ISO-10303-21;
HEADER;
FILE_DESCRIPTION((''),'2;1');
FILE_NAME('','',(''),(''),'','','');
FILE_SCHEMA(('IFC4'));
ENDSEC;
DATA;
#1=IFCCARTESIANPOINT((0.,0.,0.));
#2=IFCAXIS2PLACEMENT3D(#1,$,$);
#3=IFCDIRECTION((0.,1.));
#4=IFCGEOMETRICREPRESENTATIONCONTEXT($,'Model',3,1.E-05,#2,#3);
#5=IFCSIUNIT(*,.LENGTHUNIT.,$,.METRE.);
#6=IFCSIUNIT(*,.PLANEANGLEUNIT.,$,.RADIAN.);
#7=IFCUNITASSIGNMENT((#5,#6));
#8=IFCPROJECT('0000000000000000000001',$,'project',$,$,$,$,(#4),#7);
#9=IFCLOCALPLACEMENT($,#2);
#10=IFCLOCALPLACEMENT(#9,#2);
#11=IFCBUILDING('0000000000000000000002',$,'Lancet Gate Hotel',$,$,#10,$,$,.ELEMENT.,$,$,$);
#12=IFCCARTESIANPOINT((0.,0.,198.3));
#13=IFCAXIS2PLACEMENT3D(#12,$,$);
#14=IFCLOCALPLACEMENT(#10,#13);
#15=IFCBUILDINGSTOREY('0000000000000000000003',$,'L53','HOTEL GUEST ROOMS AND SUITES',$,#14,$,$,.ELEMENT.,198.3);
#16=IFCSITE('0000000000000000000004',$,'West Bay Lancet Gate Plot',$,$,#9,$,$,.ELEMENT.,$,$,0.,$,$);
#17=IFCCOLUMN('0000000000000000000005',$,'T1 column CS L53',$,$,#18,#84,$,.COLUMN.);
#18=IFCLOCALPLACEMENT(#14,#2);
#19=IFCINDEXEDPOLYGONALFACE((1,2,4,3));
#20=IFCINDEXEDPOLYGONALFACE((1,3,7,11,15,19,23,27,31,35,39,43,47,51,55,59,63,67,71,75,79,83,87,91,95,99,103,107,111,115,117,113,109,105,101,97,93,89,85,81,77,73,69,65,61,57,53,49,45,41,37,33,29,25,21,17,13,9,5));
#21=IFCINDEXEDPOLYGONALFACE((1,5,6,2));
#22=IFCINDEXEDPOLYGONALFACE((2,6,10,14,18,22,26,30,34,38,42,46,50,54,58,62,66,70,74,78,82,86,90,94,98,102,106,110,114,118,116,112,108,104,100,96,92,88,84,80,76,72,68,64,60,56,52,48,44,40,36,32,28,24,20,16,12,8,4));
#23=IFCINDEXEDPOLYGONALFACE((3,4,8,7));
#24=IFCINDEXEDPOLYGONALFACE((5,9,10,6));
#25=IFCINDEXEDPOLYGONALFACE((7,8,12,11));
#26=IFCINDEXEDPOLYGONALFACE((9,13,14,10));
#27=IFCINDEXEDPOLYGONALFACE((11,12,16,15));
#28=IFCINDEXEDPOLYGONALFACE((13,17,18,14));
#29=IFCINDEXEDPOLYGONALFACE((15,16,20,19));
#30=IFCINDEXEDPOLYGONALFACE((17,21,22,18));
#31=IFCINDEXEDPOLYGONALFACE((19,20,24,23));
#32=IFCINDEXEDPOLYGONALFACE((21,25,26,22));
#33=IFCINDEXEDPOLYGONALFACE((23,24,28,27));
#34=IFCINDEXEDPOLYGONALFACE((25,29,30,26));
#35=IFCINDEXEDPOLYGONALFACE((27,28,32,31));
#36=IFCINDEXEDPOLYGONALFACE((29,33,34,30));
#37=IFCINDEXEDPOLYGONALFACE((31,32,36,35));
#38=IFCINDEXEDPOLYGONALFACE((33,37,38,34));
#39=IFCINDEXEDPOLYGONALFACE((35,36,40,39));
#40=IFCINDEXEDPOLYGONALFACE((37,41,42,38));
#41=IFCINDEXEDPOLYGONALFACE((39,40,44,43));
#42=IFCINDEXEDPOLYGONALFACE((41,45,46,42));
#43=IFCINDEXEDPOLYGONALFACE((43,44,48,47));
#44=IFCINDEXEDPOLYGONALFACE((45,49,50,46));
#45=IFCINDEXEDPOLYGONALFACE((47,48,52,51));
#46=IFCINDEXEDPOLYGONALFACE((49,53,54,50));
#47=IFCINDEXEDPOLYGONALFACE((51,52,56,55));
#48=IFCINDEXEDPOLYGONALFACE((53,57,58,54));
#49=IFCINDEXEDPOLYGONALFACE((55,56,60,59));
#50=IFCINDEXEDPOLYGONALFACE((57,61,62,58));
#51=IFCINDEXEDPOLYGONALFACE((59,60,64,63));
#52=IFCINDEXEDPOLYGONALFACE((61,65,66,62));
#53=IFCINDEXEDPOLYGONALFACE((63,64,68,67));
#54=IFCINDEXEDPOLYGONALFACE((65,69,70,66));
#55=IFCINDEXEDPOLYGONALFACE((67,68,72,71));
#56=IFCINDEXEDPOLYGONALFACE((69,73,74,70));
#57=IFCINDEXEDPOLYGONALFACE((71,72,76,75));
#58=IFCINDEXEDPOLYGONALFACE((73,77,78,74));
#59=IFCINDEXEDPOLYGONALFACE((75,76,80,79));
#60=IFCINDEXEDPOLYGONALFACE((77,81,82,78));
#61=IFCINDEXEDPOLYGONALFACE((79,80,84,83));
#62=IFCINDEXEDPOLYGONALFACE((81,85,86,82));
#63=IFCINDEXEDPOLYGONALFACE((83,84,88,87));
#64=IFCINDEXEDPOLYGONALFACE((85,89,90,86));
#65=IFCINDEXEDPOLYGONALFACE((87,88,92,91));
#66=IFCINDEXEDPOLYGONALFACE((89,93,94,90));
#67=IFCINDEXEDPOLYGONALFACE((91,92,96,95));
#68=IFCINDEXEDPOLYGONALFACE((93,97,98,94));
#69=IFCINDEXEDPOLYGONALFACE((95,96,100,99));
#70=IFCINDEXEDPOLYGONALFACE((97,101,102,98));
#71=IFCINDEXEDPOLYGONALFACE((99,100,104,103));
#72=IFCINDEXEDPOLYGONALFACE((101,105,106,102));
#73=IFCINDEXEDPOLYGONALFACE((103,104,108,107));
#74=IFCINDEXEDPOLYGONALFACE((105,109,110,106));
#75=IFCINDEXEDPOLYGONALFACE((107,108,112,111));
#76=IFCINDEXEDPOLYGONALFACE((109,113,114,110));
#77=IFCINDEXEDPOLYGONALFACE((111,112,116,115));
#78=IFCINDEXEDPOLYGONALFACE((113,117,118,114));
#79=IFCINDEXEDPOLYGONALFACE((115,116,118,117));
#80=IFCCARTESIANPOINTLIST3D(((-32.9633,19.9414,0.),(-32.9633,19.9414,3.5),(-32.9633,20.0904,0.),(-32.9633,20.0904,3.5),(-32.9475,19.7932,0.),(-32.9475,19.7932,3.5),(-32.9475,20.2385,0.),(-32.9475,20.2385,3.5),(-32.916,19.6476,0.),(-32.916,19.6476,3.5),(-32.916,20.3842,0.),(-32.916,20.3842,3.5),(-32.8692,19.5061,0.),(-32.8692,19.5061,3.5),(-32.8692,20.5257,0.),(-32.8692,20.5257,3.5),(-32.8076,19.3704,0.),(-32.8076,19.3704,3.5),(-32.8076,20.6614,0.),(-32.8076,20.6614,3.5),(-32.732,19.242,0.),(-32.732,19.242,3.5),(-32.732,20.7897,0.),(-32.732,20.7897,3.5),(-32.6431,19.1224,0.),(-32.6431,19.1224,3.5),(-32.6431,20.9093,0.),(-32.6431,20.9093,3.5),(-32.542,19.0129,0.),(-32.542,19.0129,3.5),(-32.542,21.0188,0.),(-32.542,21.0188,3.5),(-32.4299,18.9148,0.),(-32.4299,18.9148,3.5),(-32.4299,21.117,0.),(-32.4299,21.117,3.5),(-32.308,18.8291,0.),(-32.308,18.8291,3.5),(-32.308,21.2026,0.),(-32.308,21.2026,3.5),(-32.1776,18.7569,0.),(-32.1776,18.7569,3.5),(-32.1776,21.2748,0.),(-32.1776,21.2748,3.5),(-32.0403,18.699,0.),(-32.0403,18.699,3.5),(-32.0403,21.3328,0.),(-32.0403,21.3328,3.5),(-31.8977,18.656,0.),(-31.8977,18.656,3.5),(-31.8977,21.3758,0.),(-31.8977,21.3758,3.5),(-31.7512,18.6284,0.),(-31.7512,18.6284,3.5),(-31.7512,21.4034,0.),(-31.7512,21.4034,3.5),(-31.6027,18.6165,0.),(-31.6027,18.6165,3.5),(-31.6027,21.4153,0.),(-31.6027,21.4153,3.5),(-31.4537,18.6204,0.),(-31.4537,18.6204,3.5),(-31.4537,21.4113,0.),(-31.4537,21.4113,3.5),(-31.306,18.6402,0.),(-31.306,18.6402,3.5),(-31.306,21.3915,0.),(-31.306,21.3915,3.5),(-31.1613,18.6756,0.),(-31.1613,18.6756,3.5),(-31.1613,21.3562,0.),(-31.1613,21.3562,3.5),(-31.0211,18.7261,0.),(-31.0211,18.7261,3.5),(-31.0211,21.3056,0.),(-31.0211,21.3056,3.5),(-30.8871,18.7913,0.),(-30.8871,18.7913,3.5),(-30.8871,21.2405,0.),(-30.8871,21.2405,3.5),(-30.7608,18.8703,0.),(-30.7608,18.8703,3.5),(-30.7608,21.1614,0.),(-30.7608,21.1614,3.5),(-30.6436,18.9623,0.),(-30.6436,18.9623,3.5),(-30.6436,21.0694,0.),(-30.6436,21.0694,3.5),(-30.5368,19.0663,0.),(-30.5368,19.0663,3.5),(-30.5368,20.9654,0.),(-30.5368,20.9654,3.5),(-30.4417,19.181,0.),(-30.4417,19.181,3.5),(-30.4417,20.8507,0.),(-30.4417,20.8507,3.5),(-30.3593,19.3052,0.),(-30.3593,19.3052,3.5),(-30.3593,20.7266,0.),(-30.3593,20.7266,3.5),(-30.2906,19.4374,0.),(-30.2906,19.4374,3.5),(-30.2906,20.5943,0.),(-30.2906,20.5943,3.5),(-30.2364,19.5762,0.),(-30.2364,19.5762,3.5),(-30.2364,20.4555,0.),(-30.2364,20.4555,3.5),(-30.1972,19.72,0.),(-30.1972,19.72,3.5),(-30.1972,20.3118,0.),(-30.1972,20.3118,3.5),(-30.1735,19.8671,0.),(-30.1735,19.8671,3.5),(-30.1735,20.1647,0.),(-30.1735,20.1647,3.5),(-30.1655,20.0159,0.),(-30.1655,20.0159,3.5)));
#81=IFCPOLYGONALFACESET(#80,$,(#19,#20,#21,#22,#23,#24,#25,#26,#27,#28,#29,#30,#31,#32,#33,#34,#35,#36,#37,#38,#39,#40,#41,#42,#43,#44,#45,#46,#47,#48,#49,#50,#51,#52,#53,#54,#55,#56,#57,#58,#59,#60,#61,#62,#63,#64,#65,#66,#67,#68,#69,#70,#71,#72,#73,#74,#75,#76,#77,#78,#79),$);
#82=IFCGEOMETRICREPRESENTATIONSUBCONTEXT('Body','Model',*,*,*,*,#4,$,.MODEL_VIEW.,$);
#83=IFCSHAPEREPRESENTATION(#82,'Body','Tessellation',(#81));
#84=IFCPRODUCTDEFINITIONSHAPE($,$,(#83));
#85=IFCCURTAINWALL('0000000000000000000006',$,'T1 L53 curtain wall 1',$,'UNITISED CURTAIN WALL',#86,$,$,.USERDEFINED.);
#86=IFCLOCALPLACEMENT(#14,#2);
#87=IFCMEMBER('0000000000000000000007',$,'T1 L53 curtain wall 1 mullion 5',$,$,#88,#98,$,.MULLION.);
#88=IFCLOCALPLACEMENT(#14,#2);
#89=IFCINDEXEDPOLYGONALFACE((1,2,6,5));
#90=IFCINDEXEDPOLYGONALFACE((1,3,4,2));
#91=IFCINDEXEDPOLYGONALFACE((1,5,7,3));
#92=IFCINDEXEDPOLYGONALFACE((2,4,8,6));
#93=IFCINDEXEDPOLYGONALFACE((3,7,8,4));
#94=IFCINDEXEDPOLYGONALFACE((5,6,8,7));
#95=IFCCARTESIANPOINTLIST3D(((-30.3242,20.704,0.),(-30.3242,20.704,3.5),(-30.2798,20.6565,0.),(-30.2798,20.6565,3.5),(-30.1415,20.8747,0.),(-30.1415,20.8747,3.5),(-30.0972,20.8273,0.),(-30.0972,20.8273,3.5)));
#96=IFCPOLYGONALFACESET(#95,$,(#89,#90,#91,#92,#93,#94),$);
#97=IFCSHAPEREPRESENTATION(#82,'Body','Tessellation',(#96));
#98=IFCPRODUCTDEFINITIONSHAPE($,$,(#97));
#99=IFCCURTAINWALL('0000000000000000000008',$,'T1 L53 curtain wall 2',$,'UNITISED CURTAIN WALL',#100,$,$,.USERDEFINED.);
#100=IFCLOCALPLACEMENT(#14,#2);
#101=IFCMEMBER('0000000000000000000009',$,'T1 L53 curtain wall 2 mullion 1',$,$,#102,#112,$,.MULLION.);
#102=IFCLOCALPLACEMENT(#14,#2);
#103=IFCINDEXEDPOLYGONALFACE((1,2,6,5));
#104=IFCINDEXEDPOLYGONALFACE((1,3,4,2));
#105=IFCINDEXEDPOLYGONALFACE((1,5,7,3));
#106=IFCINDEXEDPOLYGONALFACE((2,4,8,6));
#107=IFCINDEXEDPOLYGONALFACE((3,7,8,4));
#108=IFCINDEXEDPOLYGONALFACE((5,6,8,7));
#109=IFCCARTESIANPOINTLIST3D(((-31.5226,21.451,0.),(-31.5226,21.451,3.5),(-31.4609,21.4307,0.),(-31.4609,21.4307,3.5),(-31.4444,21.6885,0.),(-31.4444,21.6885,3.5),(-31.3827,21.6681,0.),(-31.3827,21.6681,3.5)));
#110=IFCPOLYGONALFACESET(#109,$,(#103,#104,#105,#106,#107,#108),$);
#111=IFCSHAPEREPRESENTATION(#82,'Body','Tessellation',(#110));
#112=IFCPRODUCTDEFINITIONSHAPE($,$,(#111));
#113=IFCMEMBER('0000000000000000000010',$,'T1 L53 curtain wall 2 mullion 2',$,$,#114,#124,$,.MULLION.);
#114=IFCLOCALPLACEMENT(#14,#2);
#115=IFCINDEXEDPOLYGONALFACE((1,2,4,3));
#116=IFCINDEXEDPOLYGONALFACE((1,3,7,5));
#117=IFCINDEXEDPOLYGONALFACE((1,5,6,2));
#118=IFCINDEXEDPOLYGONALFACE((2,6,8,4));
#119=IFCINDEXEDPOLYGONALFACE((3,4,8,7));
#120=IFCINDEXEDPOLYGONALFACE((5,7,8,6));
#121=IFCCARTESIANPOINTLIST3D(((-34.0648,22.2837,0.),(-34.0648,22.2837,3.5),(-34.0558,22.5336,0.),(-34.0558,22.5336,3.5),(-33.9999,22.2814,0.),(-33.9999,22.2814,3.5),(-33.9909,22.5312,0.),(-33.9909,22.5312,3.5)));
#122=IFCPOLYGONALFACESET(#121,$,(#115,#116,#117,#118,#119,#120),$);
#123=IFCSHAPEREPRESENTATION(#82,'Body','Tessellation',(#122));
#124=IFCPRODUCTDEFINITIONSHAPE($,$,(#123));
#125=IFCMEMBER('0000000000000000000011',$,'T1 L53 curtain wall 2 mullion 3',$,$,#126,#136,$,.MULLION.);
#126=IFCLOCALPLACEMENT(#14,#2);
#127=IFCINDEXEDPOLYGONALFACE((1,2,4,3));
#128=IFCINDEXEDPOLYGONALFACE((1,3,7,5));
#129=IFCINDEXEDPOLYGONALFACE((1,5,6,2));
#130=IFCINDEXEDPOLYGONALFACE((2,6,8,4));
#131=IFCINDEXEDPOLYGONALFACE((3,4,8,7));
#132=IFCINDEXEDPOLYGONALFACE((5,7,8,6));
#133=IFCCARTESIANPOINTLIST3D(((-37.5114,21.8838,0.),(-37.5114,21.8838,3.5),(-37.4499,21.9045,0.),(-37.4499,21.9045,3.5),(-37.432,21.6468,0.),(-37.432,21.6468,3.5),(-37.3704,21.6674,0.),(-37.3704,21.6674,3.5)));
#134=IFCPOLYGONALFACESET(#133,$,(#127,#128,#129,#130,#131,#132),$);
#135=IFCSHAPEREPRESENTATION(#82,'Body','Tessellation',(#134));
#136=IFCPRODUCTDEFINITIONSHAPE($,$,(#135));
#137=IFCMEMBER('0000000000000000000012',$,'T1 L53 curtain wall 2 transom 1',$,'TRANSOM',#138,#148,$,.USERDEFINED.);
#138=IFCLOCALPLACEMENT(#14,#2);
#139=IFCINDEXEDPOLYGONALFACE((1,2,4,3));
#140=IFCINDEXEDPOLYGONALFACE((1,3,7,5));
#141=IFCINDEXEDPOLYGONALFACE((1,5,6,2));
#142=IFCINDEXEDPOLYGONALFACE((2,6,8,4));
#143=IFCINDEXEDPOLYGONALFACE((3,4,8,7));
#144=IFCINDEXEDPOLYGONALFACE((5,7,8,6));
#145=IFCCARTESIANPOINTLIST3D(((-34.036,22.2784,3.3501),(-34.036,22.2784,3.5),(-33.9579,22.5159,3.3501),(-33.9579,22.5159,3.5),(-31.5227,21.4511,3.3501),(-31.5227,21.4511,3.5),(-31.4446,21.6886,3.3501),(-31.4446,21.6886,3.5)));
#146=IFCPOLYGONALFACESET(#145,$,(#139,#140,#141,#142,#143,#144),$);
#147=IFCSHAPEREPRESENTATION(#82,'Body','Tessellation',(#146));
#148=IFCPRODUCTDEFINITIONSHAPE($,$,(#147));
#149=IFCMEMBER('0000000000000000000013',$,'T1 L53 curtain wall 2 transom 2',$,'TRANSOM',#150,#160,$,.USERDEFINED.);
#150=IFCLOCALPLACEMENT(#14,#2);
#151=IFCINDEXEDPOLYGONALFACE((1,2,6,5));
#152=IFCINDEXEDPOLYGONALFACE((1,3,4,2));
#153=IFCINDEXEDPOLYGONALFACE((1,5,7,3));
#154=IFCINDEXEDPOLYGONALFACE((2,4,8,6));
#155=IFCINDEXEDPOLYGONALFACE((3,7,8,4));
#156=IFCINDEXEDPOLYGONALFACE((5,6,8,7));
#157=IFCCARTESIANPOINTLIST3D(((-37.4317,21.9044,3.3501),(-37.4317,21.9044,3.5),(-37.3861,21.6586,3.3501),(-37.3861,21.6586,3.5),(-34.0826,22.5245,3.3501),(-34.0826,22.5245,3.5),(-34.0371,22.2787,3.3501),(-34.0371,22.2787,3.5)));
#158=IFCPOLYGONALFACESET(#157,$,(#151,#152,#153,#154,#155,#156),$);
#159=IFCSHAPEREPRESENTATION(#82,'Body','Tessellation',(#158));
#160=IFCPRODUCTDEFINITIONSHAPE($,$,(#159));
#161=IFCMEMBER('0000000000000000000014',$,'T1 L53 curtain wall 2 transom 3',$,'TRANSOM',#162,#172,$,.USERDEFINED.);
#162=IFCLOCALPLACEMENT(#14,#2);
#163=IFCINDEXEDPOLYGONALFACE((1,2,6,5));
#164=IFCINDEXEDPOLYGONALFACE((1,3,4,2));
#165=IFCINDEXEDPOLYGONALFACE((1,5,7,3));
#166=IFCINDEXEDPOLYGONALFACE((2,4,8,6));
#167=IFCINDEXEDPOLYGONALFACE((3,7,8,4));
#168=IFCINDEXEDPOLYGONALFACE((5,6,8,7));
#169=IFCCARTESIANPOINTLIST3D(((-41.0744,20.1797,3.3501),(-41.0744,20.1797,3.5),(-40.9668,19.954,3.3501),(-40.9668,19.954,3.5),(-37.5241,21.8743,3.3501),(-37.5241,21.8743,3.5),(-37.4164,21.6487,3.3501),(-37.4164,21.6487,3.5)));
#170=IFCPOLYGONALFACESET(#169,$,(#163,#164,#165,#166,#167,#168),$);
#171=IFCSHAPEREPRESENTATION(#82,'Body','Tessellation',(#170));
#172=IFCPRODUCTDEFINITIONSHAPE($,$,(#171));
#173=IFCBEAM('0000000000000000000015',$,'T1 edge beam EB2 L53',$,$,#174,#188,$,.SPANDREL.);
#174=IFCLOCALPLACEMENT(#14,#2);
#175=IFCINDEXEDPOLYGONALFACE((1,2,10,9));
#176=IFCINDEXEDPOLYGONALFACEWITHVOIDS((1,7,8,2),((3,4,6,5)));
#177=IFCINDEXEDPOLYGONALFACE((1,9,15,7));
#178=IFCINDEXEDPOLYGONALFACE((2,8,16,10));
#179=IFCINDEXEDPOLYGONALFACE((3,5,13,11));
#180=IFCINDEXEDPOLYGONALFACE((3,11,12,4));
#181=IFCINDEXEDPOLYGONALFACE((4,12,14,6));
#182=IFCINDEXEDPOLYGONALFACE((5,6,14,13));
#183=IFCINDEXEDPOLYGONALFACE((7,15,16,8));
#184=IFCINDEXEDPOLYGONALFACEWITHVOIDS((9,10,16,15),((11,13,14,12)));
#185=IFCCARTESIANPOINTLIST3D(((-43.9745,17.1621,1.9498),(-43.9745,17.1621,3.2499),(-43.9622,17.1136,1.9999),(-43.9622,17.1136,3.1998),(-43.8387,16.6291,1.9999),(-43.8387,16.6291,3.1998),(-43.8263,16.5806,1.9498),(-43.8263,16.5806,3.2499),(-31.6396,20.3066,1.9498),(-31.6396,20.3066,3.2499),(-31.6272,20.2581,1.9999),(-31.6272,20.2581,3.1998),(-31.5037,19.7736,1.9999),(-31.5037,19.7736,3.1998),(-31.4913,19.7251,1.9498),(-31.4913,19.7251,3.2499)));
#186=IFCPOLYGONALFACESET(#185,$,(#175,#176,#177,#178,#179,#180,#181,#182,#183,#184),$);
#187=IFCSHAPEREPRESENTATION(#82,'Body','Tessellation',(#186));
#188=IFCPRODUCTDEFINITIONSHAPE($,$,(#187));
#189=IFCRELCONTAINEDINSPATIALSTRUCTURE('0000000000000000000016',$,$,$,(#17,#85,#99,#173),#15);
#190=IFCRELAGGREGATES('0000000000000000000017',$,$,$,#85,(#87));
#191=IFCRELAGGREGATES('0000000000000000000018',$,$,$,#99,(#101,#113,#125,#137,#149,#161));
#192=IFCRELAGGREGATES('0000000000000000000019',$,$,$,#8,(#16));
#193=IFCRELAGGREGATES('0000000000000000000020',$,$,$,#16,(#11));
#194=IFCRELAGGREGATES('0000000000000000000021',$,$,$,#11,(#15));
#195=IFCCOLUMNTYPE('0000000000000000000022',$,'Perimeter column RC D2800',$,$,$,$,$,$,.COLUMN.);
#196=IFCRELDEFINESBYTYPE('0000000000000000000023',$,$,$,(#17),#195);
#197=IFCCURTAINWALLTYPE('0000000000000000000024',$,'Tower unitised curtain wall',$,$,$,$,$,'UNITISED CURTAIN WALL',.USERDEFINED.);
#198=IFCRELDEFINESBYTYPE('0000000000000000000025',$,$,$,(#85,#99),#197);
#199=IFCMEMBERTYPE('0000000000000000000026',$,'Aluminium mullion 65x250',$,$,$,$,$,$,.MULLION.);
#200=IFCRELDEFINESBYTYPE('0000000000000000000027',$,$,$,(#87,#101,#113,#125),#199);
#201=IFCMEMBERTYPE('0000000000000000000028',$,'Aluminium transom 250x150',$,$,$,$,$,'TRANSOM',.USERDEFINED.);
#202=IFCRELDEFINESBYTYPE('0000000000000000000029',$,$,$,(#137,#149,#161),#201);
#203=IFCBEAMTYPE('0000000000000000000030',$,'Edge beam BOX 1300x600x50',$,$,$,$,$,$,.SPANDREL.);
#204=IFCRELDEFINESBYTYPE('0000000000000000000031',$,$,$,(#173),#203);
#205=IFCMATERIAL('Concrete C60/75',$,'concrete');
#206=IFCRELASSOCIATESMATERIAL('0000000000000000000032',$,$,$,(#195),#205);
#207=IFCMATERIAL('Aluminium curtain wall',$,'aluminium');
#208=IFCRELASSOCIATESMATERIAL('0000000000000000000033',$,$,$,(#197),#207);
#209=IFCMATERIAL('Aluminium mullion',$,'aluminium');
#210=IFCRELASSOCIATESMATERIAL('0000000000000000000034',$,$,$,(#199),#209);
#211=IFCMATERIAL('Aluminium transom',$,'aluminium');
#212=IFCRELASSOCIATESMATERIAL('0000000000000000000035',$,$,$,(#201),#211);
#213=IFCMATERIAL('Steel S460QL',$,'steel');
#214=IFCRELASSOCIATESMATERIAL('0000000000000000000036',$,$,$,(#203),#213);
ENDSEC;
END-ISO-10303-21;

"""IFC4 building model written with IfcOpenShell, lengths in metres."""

from ifc_helpers import new_model, si_unit, direction, frame, origin, origin_2d, place, context, subcontext, project, spatial, rectangle, hollow_rectangle, circle, extrude, material, material_profile, profile_set, type_object, element, aggregate, save


model = new_model("IFC4")

# Units and contexts
model_context = context("Model", 3, precision=1e-05, world=origin(), true_north=direction((0.0, 1.0)))
body_context = subcontext(model_context, "Body", "Model", "MODEL_VIEW")
ifc_project = project(units=[si_unit("LENGTHUNIT", "METRE"), si_unit("PLANEANGLEUNIT", "RADIAN")], contexts=[model_context])

# Site, building, storey
site_placement = place(None, origin())
site = spatial("IfcSite", under=ifc_project, at=site_placement, Name="West Bay Lancet Gate Plot", CompositionType="ELEMENT", RefElevation=0.0)
building_placement = place(site_placement, origin())
building = spatial("IfcBuilding", under=site, at=building_placement, Name="Lancet Gate Hotel", CompositionType="ELEMENT")
storey_placement = place(building_placement, frame((0.0, 0.0, 198.3)))
storey = spatial("IfcBuildingStorey", under=building, at=storey_placement, Name="L53", Description="HOTEL GUEST ROOMS AND SUITES", CompositionType="ELEMENT", Elevation=198.3)

# Column
ifc_material_1 = material(Name="Concrete C60/75", Category="concrete")
ifc_material_profile_1 = material_profile(ifc_material_1, circle(Radius=1.3999, at=origin_2d()), Name="RC D2800")
ifc_profile_set_1 = profile_set([ifc_material_profile_1], Name="Concrete C60/75")
column_type = type_object("IfcColumnType", Name="Perimeter column RC D2800", PredefinedType="COLUMN", material=ifc_profile_set_1)
column_placement = place(storey_placement, frame((-31.5654, 20.0159, 0.0), z_axis=(0.0, 0.0, 1.0), x_axis=(1.0, 0.0, 0.0)))
element("IfcColumn", 1, at=column_placement, inside=storey, type_object=column_type, Name="T1 column CS L53", PredefinedType="COLUMN", context=body_context, shape_type="SweptSolid", body=[
    extrude(circle(Radius=1.3999, at=origin_2d()), origin(), (0.0, 0.0, 1.0), 3.5),
])

# Curtain wall, member
ifc_material_2 = material(Name="Aluminium curtain wall", Category="aluminium")
curtain_wall_type = type_object("IfcCurtainWallType", Name="Tower unitised curtain wall", ElementType="UNITISED CURTAIN WALL", PredefinedType="USERDEFINED", material=ifc_material_2)
curtain_wall_1_placement = place(storey_placement, origin())
curtain_wall_1 = element("IfcCurtainWall", 2, at=curtain_wall_1_placement, inside=storey, type_object=curtain_wall_type, Name="T1 L53 curtain wall 1", ObjectType="UNITISED CURTAIN WALL", PredefinedType="USERDEFINED")
ifc_material_3 = material(Name="Aluminium mullion", Category="aluminium")
ifc_material_profile_2 = material_profile(ifc_material_3, rectangle(XDim=0.0649, YDim=0.25, at=origin_2d()), Name="MULLION 65x250")
ifc_profile_set_2 = profile_set([ifc_material_profile_2], Name="Aluminium mullion")
member_type_1 = type_object("IfcMemberType", Name="Aluminium mullion 65x250", PredefinedType="MULLION", material=ifc_profile_set_2)
member_1_placement = place(storey_placement, frame((-30.2107, 20.7656, 0.0), z_axis=(0.0, 0.0, 1.0), x_axis=(-0.682845, 0.730563, 0.0)))
member_1 = element("IfcMember", 3, at=member_1_placement, type_object=member_type_1, Name="T1 L53 curtain wall 1 mullion 5", PredefinedType="MULLION", context=body_context, shape_type="SweptSolid", body=[
    extrude(rectangle(XDim=0.0649, YDim=0.25, at=origin_2d()), origin(), (0.0, 0.0, 1.0), 3.5),
])
aggregate(curtain_wall_1, [member_1])

# Curtain wall, members
curtain_wall_2_placement = place(storey_placement, origin())
curtain_wall_2 = element("IfcCurtainWall", 4, at=curtain_wall_2_placement, inside=storey, type_object=curtain_wall_type, Name="T1 L53 curtain wall 2", ObjectType="UNITISED CURTAIN WALL", PredefinedType="USERDEFINED")
member_2_placement = place(storey_placement, frame((-31.4526, 21.5596, 0.0), z_axis=(0.0, 0.0, 1.0), x_axis=(-0.949848, 0.312712, 0.0)))
member_2 = element("IfcMember", 5, at=member_2_placement, type_object=member_type_1, Name="T1 L53 curtain wall 2 mullion 1", PredefinedType="MULLION", context=body_context, shape_type="SweptSolid", body=[
    extrude(rectangle(XDim=0.0649, YDim=0.25, at=origin_2d()), origin(), (0.0, 0.0, 1.0), 3.5),
])
member_3_placement = place(storey_placement, frame((-34.0278, 22.4075, 0.0), z_axis=(0.0, 0.0, 1.0), x_axis=(-0.99935, 0.036037, 0.0)))
member_3 = element("IfcMember", 6, at=member_3_placement, type_object=member_type_1, Name="T1 L53 curtain wall 2 mullion 2", PredefinedType="MULLION", context=body_context, shape_type="SweptSolid", body=[
    extrude(rectangle(XDim=0.0649, YDim=0.25, at=origin_2d()), origin(), (0.0, 0.0, 1.0), 3.5),
])
member_4_placement = place(storey_placement, frame((-37.4409, 21.7756, 0.0), z_axis=(0.0, 0.0, 1.0), x_axis=(-0.948119, -0.317915, 0.0)))
member_4 = element("IfcMember", 7, at=member_4_placement, type_object=member_type_1, Name="T1 L53 curtain wall 2 mullion 3", PredefinedType="MULLION", context=body_context, shape_type="SweptSolid", body=[
    extrude(rectangle(XDim=0.0649, YDim=0.25, at=origin_2d()), origin(), (0.0, 0.0, 1.0), 3.5),
])
ifc_material_4 = material(Name="Aluminium transom", Category="aluminium")
ifc_material_profile_3 = material_profile(ifc_material_4, rectangle(XDim=0.25, YDim=0.1499, at=origin_2d()), Name="TRANSOM 250x150")
ifc_profile_set_3 = profile_set([ifc_material_profile_3], Name="Aluminium transom")
member_type_2 = type_object("IfcMemberType", Name="Aluminium transom 250x150", ElementType="TRANSOM", PredefinedType="USERDEFINED", material=ifc_profile_set_3)
member_5_placement = place(storey_placement, frame((-31.4836, 21.5698, 3.425), z_axis=(-0.949858, 0.312683, 0.0), x_axis=(-0.312683, -0.949858, 0.0)))
member_5 = element("IfcMember", 8, at=member_5_placement, type_object=member_type_2, Name="T1 L53 curtain wall 2 transom 1", ObjectType="TRANSOM", PredefinedType="USERDEFINED", context=body_context, shape_type="SweptSolid", body=[
    extrude(rectangle(XDim=0.25, YDim=0.1499, at=origin_2d()), origin(), (0.0, 0.0, 1.0), 2.646),
])
member_6_placement = place(storey_placement, frame((-34.0598, 22.4016, 3.425), z_axis=(-0.983287, -0.182064, 0.0), x_axis=(0.182064, -0.983287, 0.0)))
member_6 = element("IfcMember", 9, at=member_6_placement, type_object=member_type_2, Name="T1 L53 curtain wall 2 transom 2", ObjectType="TRANSOM", PredefinedType="USERDEFINED", context=body_context, shape_type="SweptSolid", body=[
    extrude(rectangle(XDim=0.25, YDim=0.1499, at=origin_2d()), origin(), (0.0, 0.0, 1.0), 3.406),
])
member_7_placement = place(storey_placement, frame((-37.4702, 21.7615, 3.425), z_axis=(-0.902469, -0.430755, 0.0), x_axis=(0.430755, -0.902469, 0.0)))
member_7 = element("IfcMember", 10, at=member_7_placement, type_object=member_type_2, Name="T1 L53 curtain wall 2 transom 3", ObjectType="TRANSOM", PredefinedType="USERDEFINED", context=body_context, shape_type="SweptSolid", body=[
    extrude(rectangle(XDim=0.25, YDim=0.1499, at=origin_2d()), origin(), (0.0, 0.0, 1.0), 3.9341),
])

# Beam
ifc_material_5 = material(Name="Steel S460QL", Category="steel")
ifc_material_profile_4 = material_profile(ifc_material_5, hollow_rectangle(XDim=0.6001, YDim=1.3, WallThickness=0.05, at=origin_2d()), Name="BOX 1300x600x50")
ifc_profile_set_4 = profile_set([ifc_material_profile_4], Name="Steel S460QL")
beam_type_1 = type_object("IfcBeamType", Name="Edge beam BOX 1300x600x50", PredefinedType="SPANDREL", material=ifc_profile_set_4)
beam_1_placement = place(storey_placement, frame((-31.5654, 20.0159, 2.5999), z_axis=(-0.969008, -0.247028, 0.0), x_axis=(0.247028, -0.969008, 0.0)))
element("IfcBeam", 11, at=beam_1_placement, inside=storey, type_object=beam_type_1, Name="T1 edge beam EB2 L53", PredefinedType="SPANDREL", context=body_context, shape_type="SweptSolid", body=[
    extrude(hollow_rectangle(XDim=0.6001, YDim=1.3, WallThickness=0.05, at=origin_2d()), origin(), (0.0, 0.0, 1.0), 12.7295),
])

aggregate(curtain_wall_2, [member_2, member_3, member_4, member_5, member_6, member_7])

save(model, "model.ifc")
